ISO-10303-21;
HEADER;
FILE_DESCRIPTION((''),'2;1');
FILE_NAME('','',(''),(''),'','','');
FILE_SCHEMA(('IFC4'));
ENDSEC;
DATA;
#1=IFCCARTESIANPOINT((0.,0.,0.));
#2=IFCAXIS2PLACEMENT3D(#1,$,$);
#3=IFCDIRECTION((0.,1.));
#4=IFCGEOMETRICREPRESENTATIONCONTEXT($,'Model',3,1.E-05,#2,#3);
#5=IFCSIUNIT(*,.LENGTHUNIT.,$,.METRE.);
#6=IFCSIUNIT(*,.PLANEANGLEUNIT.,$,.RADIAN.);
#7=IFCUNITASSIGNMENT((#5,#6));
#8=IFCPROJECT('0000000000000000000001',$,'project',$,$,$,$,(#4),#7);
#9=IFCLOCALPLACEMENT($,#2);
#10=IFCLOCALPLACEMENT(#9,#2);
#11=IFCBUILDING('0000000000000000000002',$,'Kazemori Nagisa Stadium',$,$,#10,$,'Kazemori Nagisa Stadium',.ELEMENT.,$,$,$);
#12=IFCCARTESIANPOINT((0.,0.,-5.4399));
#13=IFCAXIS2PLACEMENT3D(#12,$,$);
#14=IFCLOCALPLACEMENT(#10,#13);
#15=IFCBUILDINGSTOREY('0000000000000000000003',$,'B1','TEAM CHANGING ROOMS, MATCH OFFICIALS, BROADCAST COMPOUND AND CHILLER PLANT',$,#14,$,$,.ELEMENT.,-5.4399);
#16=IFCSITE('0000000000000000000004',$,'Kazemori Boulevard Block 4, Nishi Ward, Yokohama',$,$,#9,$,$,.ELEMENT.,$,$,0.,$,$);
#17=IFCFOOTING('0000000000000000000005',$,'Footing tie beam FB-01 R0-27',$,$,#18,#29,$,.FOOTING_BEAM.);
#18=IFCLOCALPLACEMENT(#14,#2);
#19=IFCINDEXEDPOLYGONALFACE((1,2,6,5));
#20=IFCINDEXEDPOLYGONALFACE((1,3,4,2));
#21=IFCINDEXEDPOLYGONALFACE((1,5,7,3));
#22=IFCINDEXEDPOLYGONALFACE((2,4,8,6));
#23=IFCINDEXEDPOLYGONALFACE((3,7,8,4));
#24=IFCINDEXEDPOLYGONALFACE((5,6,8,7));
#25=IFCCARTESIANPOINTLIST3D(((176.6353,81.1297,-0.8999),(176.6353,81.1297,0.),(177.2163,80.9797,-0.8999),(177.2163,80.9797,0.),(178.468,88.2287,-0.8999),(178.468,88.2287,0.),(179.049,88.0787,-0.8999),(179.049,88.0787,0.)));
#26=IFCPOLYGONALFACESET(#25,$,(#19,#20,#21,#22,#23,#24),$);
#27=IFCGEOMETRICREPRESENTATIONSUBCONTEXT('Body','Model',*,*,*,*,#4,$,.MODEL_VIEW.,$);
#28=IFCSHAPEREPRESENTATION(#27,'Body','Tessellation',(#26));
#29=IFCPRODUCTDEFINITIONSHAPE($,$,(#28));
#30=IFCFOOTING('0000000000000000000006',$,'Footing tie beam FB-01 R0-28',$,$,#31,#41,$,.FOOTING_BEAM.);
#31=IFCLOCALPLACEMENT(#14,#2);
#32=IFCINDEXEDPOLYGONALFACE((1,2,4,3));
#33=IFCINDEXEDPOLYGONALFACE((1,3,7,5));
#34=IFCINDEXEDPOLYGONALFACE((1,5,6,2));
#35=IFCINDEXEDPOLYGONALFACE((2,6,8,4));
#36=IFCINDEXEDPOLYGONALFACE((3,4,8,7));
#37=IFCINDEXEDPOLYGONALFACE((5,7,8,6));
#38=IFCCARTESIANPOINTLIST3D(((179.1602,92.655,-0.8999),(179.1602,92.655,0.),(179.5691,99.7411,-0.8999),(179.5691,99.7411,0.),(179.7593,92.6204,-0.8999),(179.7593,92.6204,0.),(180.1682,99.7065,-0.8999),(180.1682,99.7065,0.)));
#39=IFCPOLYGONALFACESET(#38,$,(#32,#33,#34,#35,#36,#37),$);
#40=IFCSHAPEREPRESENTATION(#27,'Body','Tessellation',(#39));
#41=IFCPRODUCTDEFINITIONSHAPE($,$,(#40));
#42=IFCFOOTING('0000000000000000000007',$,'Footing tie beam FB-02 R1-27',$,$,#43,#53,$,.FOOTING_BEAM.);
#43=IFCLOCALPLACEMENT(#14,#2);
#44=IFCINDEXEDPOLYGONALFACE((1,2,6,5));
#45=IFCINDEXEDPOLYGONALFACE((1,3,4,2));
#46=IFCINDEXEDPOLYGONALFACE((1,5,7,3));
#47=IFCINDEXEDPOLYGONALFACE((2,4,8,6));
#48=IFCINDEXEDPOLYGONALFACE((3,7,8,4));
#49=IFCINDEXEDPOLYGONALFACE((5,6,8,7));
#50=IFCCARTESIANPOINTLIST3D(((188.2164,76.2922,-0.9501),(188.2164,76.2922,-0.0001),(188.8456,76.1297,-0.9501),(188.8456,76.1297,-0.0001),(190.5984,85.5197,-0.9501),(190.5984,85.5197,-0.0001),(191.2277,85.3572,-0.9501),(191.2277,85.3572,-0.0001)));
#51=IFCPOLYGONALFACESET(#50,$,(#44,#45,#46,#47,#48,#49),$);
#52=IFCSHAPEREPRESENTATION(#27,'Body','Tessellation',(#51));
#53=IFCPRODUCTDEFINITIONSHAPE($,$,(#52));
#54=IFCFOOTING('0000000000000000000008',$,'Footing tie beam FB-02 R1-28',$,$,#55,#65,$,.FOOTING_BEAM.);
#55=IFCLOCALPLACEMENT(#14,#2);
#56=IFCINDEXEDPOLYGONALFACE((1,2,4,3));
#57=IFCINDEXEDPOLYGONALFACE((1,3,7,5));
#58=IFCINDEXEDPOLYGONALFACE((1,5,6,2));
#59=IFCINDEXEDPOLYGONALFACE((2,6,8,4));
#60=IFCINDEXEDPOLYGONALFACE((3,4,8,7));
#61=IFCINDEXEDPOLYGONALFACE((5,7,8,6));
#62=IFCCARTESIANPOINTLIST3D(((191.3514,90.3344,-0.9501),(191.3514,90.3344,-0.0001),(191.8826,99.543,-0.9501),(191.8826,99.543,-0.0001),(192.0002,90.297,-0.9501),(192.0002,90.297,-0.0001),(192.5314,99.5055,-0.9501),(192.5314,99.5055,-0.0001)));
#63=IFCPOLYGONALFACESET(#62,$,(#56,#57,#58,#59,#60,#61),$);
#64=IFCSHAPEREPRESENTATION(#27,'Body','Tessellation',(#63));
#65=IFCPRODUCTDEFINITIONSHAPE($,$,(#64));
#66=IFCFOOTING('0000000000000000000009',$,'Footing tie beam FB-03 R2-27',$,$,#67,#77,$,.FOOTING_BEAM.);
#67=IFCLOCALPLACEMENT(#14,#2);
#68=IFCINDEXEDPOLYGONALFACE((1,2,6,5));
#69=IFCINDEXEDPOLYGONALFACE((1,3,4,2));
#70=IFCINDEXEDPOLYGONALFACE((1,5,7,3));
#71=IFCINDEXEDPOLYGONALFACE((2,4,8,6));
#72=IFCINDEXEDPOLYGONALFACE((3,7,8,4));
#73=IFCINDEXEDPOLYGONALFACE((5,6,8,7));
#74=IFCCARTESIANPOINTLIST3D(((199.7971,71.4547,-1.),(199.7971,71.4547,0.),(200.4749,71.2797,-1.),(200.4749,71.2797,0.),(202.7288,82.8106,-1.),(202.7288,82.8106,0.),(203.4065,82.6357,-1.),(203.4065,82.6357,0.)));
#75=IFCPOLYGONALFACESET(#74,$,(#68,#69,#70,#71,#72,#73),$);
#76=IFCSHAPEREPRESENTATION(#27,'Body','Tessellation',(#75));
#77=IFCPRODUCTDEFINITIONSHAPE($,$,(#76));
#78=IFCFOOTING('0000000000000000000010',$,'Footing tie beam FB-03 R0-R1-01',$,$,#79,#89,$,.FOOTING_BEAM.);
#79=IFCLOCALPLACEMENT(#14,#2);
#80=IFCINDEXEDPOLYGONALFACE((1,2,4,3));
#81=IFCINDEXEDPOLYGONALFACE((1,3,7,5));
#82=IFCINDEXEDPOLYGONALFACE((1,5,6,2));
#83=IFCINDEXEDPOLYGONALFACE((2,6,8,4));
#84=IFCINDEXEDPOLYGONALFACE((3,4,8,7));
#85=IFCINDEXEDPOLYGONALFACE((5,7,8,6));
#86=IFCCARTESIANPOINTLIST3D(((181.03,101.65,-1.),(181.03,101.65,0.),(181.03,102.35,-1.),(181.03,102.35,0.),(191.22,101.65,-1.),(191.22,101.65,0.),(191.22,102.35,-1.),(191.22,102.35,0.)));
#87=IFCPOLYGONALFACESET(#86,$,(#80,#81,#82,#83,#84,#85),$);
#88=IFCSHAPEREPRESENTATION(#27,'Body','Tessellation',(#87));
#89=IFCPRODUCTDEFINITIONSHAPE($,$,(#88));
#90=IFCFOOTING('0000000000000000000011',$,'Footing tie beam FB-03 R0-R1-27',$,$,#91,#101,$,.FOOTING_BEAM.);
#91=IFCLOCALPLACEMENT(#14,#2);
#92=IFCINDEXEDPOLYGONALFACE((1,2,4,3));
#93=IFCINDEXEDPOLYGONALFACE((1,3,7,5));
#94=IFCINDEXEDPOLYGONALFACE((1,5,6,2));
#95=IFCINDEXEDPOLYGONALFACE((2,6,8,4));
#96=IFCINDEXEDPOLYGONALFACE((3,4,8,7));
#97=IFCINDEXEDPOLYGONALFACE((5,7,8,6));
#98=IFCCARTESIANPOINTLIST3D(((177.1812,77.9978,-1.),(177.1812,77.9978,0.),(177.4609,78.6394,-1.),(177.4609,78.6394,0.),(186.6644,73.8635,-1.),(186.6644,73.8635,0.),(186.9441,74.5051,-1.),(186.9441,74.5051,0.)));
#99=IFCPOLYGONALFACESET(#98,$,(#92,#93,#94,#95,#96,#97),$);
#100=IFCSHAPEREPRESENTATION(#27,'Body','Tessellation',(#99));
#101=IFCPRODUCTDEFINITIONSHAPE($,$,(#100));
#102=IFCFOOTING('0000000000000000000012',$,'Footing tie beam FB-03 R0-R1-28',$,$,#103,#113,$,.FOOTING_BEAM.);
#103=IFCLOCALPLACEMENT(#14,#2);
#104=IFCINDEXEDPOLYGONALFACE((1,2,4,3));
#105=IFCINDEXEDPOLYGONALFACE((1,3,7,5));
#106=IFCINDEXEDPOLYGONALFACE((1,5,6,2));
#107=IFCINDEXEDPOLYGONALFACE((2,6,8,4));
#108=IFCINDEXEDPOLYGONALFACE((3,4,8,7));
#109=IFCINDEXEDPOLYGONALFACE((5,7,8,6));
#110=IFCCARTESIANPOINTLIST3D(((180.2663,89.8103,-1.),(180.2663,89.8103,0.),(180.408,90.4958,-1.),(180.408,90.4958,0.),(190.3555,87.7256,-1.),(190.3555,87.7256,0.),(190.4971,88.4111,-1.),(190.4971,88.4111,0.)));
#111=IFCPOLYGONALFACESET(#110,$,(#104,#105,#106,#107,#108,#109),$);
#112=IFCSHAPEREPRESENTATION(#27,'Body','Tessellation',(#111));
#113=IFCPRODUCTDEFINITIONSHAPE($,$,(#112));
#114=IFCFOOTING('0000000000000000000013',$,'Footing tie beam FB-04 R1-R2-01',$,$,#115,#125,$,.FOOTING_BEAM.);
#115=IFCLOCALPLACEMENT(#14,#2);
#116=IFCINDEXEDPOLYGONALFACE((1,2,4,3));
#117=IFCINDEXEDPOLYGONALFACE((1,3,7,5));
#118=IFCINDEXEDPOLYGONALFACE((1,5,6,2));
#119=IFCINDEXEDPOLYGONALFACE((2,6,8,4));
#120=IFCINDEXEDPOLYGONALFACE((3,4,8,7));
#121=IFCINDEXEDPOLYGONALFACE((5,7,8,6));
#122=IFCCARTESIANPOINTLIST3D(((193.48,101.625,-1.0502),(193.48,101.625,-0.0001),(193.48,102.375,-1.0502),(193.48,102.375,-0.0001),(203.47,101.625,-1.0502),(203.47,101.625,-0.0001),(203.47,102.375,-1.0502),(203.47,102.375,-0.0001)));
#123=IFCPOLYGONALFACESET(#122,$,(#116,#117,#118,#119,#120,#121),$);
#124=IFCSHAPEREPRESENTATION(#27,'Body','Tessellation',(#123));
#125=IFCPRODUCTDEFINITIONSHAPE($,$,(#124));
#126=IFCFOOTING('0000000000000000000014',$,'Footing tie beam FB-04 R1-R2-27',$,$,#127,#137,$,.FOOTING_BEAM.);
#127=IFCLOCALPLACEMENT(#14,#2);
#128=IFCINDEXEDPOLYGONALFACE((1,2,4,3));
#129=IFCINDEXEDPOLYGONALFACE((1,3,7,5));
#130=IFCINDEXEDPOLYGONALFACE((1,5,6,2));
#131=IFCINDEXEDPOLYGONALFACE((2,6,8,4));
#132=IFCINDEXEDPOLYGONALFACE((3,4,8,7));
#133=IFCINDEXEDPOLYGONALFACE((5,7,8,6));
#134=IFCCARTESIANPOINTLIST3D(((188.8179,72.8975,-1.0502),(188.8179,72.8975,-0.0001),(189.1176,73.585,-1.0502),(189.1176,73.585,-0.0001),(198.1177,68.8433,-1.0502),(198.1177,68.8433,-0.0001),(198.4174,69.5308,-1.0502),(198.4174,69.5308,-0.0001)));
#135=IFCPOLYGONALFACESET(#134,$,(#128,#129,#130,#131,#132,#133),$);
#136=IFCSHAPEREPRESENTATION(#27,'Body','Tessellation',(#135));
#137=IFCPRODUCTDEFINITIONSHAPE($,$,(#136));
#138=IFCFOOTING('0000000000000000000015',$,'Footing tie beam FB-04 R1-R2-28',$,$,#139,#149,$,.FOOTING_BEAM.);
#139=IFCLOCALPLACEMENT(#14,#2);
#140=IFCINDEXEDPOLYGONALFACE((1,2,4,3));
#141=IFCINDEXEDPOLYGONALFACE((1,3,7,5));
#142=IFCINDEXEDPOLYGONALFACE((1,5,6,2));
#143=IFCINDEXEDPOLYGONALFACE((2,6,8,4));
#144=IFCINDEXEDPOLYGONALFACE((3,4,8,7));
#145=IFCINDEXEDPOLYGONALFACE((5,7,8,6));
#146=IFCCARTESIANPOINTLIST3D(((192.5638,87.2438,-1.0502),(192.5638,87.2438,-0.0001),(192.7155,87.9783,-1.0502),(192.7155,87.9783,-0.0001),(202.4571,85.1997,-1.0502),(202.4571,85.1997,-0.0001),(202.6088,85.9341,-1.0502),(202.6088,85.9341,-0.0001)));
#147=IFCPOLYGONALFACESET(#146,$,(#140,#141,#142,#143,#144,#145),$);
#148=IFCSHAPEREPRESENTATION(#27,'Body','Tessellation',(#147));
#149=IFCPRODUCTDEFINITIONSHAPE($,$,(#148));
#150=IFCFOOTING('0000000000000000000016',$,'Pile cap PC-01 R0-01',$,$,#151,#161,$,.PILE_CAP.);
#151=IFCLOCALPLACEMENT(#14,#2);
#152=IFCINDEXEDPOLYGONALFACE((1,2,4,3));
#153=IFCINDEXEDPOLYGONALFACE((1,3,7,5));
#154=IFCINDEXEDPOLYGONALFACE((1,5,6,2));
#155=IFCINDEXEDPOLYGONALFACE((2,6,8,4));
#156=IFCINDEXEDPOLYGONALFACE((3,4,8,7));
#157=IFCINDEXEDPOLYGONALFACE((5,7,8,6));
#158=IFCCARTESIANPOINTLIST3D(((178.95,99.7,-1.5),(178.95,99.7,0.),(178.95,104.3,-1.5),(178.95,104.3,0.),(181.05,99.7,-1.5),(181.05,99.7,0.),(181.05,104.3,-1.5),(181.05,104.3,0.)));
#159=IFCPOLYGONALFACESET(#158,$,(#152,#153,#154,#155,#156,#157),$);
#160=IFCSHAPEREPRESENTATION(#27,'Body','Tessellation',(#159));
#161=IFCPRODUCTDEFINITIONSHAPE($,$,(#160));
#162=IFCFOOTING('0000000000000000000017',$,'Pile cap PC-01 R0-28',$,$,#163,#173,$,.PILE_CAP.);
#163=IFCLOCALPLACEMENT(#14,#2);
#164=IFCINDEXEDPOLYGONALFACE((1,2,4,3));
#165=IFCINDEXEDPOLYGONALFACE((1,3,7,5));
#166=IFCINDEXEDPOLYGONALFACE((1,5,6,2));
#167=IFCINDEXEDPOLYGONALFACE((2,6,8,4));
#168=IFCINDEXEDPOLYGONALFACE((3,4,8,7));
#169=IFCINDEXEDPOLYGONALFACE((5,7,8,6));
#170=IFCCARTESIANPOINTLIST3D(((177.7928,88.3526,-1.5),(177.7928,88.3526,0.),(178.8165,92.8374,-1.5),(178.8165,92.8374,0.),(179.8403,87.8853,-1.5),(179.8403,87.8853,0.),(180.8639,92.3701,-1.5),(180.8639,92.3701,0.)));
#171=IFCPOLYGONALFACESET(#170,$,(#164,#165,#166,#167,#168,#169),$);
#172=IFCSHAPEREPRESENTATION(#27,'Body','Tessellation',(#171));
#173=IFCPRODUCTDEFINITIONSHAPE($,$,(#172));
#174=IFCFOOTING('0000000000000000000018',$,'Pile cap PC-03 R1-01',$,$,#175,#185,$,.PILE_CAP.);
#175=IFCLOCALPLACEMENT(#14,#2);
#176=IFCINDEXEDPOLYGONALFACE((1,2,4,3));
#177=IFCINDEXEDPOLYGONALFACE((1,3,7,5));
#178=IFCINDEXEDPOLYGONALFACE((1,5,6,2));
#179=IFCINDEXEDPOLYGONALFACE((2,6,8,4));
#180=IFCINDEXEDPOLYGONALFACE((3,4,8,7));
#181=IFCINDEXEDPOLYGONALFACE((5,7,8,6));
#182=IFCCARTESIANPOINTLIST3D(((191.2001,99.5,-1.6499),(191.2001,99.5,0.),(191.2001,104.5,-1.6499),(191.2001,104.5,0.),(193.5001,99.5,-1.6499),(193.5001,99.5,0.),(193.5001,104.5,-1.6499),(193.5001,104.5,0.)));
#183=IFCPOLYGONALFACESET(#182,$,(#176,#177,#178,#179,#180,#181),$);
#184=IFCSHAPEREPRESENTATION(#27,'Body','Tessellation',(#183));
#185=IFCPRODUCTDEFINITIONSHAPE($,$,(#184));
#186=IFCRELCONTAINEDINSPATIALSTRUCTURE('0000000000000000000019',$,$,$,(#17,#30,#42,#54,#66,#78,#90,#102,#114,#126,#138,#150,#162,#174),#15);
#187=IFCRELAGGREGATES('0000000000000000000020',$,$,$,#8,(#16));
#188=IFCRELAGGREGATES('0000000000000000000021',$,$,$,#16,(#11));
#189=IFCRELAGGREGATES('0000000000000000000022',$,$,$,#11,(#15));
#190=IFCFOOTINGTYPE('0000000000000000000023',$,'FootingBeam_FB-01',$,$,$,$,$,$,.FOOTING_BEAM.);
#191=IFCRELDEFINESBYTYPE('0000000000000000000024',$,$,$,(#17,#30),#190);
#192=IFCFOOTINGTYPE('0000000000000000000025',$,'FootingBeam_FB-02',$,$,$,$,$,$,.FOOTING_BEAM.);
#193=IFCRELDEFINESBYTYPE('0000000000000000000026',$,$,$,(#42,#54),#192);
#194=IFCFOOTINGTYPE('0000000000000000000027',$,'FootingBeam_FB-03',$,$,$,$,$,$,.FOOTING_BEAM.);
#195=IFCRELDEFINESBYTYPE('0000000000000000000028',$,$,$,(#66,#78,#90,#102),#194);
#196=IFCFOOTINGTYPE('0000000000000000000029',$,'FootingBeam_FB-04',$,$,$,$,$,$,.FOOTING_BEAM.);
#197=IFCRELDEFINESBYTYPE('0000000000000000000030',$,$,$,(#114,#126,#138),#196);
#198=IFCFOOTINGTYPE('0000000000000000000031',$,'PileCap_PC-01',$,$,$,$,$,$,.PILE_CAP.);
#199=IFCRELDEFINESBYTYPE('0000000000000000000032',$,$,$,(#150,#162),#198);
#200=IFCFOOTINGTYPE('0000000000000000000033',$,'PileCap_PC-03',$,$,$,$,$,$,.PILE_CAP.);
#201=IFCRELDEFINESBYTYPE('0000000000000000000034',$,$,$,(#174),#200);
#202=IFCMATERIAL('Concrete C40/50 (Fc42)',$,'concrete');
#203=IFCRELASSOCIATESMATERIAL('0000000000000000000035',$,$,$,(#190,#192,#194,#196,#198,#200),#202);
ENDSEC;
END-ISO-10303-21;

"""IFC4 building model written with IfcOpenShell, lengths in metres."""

from ifc_helpers import new_model, si_unit, direction, frame, origin, origin_2d, place, context, subcontext, project, spatial, rectangle, extrude, material, material_profile, profile_set, type_object, element, save


model = new_model("IFC4")

# Units and contexts
model_context = context("Model", 3, precision=1e-05, world=origin(), true_north=direction((0.0, 1.0)))
body_context = subcontext(model_context, "Body", "Model", "MODEL_VIEW")
ifc_project = project(units=[si_unit("LENGTHUNIT", "METRE"), si_unit("PLANEANGLEUNIT", "RADIAN")], contexts=[model_context])

# Site, building, storey
site_placement = place(None, origin())
site = spatial("IfcSite", under=ifc_project, at=site_placement, Name="Kazemori Boulevard Block 4, Nishi Ward, Yokohama", CompositionType="ELEMENT", RefElevation=0.0)
building_placement = place(site_placement, origin())
building = spatial("IfcBuilding", under=site, at=building_placement, Name="Kazemori Nagisa Stadium", LongName="Kazemori Nagisa Stadium", CompositionType="ELEMENT")
storey_placement = place(building_placement, frame((0.0, 0.0, -5.4399)))
storey = spatial("IfcBuildingStorey", under=building, at=storey_placement, Name="B1", Description="TEAM CHANGING ROOMS, MATCH OFFICIALS, BROADCAST COMPOUND AND CHILLER PLANT", CompositionType="ELEMENT", Elevation=-5.4399)

# Footings
ifc_material_1 = material(Name="Concrete C40/50 (Fc42)", Category="concrete")
ifc_material_profile_1 = material_profile(ifc_material_1, rectangle(XDim=0.6001, YDim=0.8999, at=origin_2d()), Name="RC-FB-600x900")
ifc_profile_set_1 = profile_set([ifc_material_profile_1], Name="Concrete C40/50 (Fc42)")
footing_type_1 = type_object("IfcFootingType", Name="FootingBeam_FB-01", PredefinedType="FOOTING_BEAM", material=ifc_profile_set_1)
footing_1_placement = place(storey_placement, frame((176.9258, 81.0547, -0.45), z_axis=(0.249972, 0.968253, 0.0), x_axis=(-0.968253, 0.249972, 0.0)))
element("IfcFooting", 1, at=footing_1_placement, inside=storey, type_object=footing_type_1, Name="Footing tie beam FB-01 R0-27", PredefinedType="FOOTING_BEAM", context=body_context, shape_type="SweptSolid", body=[
    extrude(rectangle(XDim=0.6001, YDim=0.8999, at=origin_2d()), origin(), (0.0, 0.0, 1.0), 7.3318),
])
footing_2_placement = place(storey_placement, frame((179.4597, 92.6377, -0.45), z_axis=(0.057613, 0.998339, 0.0), x_axis=(-0.998339, 0.057613, 0.0)))
element("IfcFooting", 2, at=footing_2_placement, inside=storey, type_object=footing_type_1, Name="Footing tie beam FB-01 R0-28", PredefinedType="FOOTING_BEAM", context=body_context, shape_type="SweptSolid", body=[
    extrude(rectangle(XDim=0.6001, YDim=0.8999, at=origin_2d()), origin(), (0.0, 0.0, 1.0), 7.0979),
])
ifc_material_profile_2 = material_profile(ifc_material_1, rectangle(XDim=0.6499, YDim=0.95, at=origin_2d()), Name="RC-FB-650x950")
ifc_profile_set_2 = profile_set([ifc_material_profile_2], Name="Concrete C40/50 (Fc42)")
footing_type_2 = type_object("IfcFootingType", Name="FootingBeam_FB-02", PredefinedType="FOOTING_BEAM", material=ifc_profile_set_2)
footing_3_placement = place(storey_placement, frame((188.531, 76.2109, -0.4751), z_axis=(0.249955, 0.968258, 0.0), x_axis=(-0.968258, 0.249955, 0.0)))
element("IfcFooting", 3, at=footing_3_placement, inside=storey, type_object=footing_type_2, Name="Footing tie beam FB-02 R1-27", PredefinedType="FOOTING_BEAM", context=body_context, shape_type="SweptSolid", body=[
    extrude(rectangle(XDim=0.6499, YDim=0.95, at=origin_2d()), origin(), (0.0, 0.0, 1.0), 9.53),
])
footing_4_placement = place(storey_placement, frame((191.6758, 90.3157, -0.4751), z_axis=(0.057596, 0.99834, 0.0), x_axis=(-0.99834, 0.057596, 0.0)))
element("IfcFooting", 4, at=footing_4_placement, inside=storey, type_object=footing_type_2, Name="Footing tie beam FB-02 R1-28", PredefinedType="FOOTING_BEAM", context=body_context, shape_type="SweptSolid", body=[
    extrude(rectangle(XDim=0.6499, YDim=0.95, at=origin_2d()), origin(), (0.0, 0.0, 1.0), 9.2239),
])
ifc_material_profile_3 = material_profile(ifc_material_1, rectangle(XDim=0.7, YDim=1.0, at=origin_2d()), Name="RC-FB-700x1000")
ifc_profile_set_3 = profile_set([ifc_material_profile_3], Name="Concrete C40/50 (Fc42)")
footing_type_3 = type_object("IfcFootingType", Name="FootingBeam_FB-03", PredefinedType="FOOTING_BEAM", material=ifc_profile_set_3)
footing_5_placement = place(storey_placement, frame((200.136, 71.3672, -0.5), z_axis=(0.249964, 0.968255, 0.0), x_axis=(-0.968255, 0.249964, 0.0)))
element("IfcFooting", 5, at=footing_5_placement, inside=storey, type_object=footing_type_3, Name="Footing tie beam FB-03 R2-27", PredefinedType="FOOTING_BEAM", context=body_context, shape_type="SweptSolid", body=[
    extrude(rectangle(XDim=0.7, YDim=1.0, at=origin_2d()), origin(), (0.0, 0.0, 1.0), 11.7283),
])
footing_6_placement = place(storey_placement, frame((181.03, 102.0, -0.5), z_axis=(1.0, 0.0, 0.0), x_axis=(0.0, 1.0, 0.0)))
element("IfcFooting", 6, at=footing_6_placement, inside=storey, type_object=footing_type_3, Name="Footing tie beam FB-03 R0-R1-01", PredefinedType="FOOTING_BEAM", context=body_context, shape_type="SweptSolid", body=[
    extrude(rectangle(XDim=0.7, YDim=1.0, at=origin_2d()), origin(), (0.0, 0.0, 1.0), 10.1899),
])
footing_7_placement = place(storey_placement, frame((177.321, 78.3186, -0.5), z_axis=(0.916675, -0.399634, 0.0), x_axis=(0.399634, 0.916675, 0.0)))
element("IfcFooting", 7, at=footing_7_placement, inside=storey, type_object=footing_type_3, Name="Footing tie beam FB-03 R0-R1-27", PredefinedType="FOOTING_BEAM", context=body_context, shape_type="SweptSolid", body=[
    extrude(rectangle(XDim=0.7, YDim=1.0, at=origin_2d()), origin(), (0.0, 0.0, 1.0), 10.3452),
])
footing_8_placement = place(storey_placement, frame((180.3372, 90.1531, -0.5), z_axis=(0.979312, -0.202356, 0.0), x_axis=(0.202356, 0.979312, 0.0)))
element("IfcFooting", 8, at=footing_8_placement, inside=storey, type_object=footing_type_3, Name="Footing tie beam FB-03 R0-R1-28", PredefinedType="FOOTING_BEAM", context=body_context, shape_type="SweptSolid", body=[
    extrude(rectangle(XDim=0.7, YDim=1.0, at=origin_2d()), origin(), (0.0, 0.0, 1.0), 10.3022),
])
ifc_material_profile_4 = material_profile(ifc_material_1, rectangle(XDim=0.75, YDim=1.05, at=origin_2d()), Name="RC-FB-750x1050")
ifc_profile_set_4 = profile_set([ifc_material_profile_4], Name="Concrete C40/50 (Fc42)")
footing_type_4 = type_object("IfcFootingType", Name="FootingBeam_FB-04", PredefinedType="FOOTING_BEAM", material=ifc_profile_set_4)
footing_9_placement = place(storey_placement, frame((193.48, 102.0, -0.5251), z_axis=(1.0, 0.0, 0.0), x_axis=(0.0, 1.0, 0.0)))
element("IfcFooting", 9, at=footing_9_placement, inside=storey, type_object=footing_type_4, Name="Footing tie beam FB-04 R1-R2-01", PredefinedType="FOOTING_BEAM", context=body_context, shape_type="SweptSolid", body=[
    extrude(rectangle(XDim=0.75, YDim=1.05, at=origin_2d()), origin(), (0.0, 0.0, 1.0), 9.99),
])
footing_10_placement = place(storey_placement, frame((188.9678, 73.2412, -0.5251), z_axis=(0.91668, -0.399622, 0.0), x_axis=(0.399622, 0.91668, 0.0)))
element("IfcFooting", 10, at=footing_10_placement, inside=storey, type_object=footing_type_4, Name="Footing tie beam FB-04 R1-R2-27", PredefinedType="FOOTING_BEAM", context=body_context, shape_type="SweptSolid", body=[
    extrude(rectangle(XDim=0.75, YDim=1.05, at=origin_2d()), origin(), (0.0, 0.0, 1.0), 10.145),
])
footing_11_placement = place(storey_placement, frame((192.6396, 87.6111, -0.5251), z_axis=(0.979313, -0.202349, 0.0), x_axis=(0.202349, 0.979313, 0.0)))
element("IfcFooting", 11, at=footing_11_placement, inside=storey, type_object=footing_type_4, Name="Footing tie beam FB-04 R1-R2-28", PredefinedType="FOOTING_BEAM", context=body_context, shape_type="SweptSolid", body=[
    extrude(rectangle(XDim=0.75, YDim=1.05, at=origin_2d()), origin(), (0.0, 0.0, 1.0), 10.1023),
])
footing_type_5 = type_object("IfcFootingType", Name="PileCap_PC-01", PredefinedType="PILE_CAP", material=ifc_material_1)
for number, where, z_axis, x_axis, name in (
    (12, (180.0, 102.0, -1.5), (0.0, 0.0, 1.0), (0.0, 1.0, 0.0), "Pile cap PC-01 R0-01"),
    (13, (179.3284, 90.3613, -1.5), (0.0, 0.0, 1.0), (0.222521, 0.974928, 0.0), "Pile cap PC-01 R0-28"),
):
    element("IfcFooting", number, at=place(storey_placement, frame(where, z_axis=z_axis, x_axis=x_axis)), inside=storey, type_object=footing_type_5, Name=name, PredefinedType="PILE_CAP", context=body_context, shape_type="SweptSolid", body=[
        extrude(rectangle(XDim=4.6001, YDim=2.1001, at=origin_2d()), origin(), (0.0, 0.0, 1.0), 1.5),
    ])
footing_type_6 = type_object("IfcFootingType", Name="PileCap_PC-03", PredefinedType="PILE_CAP", material=ifc_material_1)
for number, where, z_axis, x_axis, name in (
    (14, (192.3501, 102.0, -1.6499), (0.0, 0.0, 1.0), (0.0, 1.0, 0.0), "Pile cap PC-03 R1-01"),
):
    element("IfcFooting", number, at=place(storey_placement, frame(where, z_axis=z_axis, x_axis=x_axis)), inside=storey, type_object=footing_type_6, Name=name, PredefinedType="PILE_CAP", context=body_context, shape_type="SweptSolid", body=[
        extrude(rectangle(XDim=5.0, YDim=2.3, at=origin_2d()), origin(), (0.0, 0.0, 1.0), 1.6499),
    ])

save(model, "model.ifc")
